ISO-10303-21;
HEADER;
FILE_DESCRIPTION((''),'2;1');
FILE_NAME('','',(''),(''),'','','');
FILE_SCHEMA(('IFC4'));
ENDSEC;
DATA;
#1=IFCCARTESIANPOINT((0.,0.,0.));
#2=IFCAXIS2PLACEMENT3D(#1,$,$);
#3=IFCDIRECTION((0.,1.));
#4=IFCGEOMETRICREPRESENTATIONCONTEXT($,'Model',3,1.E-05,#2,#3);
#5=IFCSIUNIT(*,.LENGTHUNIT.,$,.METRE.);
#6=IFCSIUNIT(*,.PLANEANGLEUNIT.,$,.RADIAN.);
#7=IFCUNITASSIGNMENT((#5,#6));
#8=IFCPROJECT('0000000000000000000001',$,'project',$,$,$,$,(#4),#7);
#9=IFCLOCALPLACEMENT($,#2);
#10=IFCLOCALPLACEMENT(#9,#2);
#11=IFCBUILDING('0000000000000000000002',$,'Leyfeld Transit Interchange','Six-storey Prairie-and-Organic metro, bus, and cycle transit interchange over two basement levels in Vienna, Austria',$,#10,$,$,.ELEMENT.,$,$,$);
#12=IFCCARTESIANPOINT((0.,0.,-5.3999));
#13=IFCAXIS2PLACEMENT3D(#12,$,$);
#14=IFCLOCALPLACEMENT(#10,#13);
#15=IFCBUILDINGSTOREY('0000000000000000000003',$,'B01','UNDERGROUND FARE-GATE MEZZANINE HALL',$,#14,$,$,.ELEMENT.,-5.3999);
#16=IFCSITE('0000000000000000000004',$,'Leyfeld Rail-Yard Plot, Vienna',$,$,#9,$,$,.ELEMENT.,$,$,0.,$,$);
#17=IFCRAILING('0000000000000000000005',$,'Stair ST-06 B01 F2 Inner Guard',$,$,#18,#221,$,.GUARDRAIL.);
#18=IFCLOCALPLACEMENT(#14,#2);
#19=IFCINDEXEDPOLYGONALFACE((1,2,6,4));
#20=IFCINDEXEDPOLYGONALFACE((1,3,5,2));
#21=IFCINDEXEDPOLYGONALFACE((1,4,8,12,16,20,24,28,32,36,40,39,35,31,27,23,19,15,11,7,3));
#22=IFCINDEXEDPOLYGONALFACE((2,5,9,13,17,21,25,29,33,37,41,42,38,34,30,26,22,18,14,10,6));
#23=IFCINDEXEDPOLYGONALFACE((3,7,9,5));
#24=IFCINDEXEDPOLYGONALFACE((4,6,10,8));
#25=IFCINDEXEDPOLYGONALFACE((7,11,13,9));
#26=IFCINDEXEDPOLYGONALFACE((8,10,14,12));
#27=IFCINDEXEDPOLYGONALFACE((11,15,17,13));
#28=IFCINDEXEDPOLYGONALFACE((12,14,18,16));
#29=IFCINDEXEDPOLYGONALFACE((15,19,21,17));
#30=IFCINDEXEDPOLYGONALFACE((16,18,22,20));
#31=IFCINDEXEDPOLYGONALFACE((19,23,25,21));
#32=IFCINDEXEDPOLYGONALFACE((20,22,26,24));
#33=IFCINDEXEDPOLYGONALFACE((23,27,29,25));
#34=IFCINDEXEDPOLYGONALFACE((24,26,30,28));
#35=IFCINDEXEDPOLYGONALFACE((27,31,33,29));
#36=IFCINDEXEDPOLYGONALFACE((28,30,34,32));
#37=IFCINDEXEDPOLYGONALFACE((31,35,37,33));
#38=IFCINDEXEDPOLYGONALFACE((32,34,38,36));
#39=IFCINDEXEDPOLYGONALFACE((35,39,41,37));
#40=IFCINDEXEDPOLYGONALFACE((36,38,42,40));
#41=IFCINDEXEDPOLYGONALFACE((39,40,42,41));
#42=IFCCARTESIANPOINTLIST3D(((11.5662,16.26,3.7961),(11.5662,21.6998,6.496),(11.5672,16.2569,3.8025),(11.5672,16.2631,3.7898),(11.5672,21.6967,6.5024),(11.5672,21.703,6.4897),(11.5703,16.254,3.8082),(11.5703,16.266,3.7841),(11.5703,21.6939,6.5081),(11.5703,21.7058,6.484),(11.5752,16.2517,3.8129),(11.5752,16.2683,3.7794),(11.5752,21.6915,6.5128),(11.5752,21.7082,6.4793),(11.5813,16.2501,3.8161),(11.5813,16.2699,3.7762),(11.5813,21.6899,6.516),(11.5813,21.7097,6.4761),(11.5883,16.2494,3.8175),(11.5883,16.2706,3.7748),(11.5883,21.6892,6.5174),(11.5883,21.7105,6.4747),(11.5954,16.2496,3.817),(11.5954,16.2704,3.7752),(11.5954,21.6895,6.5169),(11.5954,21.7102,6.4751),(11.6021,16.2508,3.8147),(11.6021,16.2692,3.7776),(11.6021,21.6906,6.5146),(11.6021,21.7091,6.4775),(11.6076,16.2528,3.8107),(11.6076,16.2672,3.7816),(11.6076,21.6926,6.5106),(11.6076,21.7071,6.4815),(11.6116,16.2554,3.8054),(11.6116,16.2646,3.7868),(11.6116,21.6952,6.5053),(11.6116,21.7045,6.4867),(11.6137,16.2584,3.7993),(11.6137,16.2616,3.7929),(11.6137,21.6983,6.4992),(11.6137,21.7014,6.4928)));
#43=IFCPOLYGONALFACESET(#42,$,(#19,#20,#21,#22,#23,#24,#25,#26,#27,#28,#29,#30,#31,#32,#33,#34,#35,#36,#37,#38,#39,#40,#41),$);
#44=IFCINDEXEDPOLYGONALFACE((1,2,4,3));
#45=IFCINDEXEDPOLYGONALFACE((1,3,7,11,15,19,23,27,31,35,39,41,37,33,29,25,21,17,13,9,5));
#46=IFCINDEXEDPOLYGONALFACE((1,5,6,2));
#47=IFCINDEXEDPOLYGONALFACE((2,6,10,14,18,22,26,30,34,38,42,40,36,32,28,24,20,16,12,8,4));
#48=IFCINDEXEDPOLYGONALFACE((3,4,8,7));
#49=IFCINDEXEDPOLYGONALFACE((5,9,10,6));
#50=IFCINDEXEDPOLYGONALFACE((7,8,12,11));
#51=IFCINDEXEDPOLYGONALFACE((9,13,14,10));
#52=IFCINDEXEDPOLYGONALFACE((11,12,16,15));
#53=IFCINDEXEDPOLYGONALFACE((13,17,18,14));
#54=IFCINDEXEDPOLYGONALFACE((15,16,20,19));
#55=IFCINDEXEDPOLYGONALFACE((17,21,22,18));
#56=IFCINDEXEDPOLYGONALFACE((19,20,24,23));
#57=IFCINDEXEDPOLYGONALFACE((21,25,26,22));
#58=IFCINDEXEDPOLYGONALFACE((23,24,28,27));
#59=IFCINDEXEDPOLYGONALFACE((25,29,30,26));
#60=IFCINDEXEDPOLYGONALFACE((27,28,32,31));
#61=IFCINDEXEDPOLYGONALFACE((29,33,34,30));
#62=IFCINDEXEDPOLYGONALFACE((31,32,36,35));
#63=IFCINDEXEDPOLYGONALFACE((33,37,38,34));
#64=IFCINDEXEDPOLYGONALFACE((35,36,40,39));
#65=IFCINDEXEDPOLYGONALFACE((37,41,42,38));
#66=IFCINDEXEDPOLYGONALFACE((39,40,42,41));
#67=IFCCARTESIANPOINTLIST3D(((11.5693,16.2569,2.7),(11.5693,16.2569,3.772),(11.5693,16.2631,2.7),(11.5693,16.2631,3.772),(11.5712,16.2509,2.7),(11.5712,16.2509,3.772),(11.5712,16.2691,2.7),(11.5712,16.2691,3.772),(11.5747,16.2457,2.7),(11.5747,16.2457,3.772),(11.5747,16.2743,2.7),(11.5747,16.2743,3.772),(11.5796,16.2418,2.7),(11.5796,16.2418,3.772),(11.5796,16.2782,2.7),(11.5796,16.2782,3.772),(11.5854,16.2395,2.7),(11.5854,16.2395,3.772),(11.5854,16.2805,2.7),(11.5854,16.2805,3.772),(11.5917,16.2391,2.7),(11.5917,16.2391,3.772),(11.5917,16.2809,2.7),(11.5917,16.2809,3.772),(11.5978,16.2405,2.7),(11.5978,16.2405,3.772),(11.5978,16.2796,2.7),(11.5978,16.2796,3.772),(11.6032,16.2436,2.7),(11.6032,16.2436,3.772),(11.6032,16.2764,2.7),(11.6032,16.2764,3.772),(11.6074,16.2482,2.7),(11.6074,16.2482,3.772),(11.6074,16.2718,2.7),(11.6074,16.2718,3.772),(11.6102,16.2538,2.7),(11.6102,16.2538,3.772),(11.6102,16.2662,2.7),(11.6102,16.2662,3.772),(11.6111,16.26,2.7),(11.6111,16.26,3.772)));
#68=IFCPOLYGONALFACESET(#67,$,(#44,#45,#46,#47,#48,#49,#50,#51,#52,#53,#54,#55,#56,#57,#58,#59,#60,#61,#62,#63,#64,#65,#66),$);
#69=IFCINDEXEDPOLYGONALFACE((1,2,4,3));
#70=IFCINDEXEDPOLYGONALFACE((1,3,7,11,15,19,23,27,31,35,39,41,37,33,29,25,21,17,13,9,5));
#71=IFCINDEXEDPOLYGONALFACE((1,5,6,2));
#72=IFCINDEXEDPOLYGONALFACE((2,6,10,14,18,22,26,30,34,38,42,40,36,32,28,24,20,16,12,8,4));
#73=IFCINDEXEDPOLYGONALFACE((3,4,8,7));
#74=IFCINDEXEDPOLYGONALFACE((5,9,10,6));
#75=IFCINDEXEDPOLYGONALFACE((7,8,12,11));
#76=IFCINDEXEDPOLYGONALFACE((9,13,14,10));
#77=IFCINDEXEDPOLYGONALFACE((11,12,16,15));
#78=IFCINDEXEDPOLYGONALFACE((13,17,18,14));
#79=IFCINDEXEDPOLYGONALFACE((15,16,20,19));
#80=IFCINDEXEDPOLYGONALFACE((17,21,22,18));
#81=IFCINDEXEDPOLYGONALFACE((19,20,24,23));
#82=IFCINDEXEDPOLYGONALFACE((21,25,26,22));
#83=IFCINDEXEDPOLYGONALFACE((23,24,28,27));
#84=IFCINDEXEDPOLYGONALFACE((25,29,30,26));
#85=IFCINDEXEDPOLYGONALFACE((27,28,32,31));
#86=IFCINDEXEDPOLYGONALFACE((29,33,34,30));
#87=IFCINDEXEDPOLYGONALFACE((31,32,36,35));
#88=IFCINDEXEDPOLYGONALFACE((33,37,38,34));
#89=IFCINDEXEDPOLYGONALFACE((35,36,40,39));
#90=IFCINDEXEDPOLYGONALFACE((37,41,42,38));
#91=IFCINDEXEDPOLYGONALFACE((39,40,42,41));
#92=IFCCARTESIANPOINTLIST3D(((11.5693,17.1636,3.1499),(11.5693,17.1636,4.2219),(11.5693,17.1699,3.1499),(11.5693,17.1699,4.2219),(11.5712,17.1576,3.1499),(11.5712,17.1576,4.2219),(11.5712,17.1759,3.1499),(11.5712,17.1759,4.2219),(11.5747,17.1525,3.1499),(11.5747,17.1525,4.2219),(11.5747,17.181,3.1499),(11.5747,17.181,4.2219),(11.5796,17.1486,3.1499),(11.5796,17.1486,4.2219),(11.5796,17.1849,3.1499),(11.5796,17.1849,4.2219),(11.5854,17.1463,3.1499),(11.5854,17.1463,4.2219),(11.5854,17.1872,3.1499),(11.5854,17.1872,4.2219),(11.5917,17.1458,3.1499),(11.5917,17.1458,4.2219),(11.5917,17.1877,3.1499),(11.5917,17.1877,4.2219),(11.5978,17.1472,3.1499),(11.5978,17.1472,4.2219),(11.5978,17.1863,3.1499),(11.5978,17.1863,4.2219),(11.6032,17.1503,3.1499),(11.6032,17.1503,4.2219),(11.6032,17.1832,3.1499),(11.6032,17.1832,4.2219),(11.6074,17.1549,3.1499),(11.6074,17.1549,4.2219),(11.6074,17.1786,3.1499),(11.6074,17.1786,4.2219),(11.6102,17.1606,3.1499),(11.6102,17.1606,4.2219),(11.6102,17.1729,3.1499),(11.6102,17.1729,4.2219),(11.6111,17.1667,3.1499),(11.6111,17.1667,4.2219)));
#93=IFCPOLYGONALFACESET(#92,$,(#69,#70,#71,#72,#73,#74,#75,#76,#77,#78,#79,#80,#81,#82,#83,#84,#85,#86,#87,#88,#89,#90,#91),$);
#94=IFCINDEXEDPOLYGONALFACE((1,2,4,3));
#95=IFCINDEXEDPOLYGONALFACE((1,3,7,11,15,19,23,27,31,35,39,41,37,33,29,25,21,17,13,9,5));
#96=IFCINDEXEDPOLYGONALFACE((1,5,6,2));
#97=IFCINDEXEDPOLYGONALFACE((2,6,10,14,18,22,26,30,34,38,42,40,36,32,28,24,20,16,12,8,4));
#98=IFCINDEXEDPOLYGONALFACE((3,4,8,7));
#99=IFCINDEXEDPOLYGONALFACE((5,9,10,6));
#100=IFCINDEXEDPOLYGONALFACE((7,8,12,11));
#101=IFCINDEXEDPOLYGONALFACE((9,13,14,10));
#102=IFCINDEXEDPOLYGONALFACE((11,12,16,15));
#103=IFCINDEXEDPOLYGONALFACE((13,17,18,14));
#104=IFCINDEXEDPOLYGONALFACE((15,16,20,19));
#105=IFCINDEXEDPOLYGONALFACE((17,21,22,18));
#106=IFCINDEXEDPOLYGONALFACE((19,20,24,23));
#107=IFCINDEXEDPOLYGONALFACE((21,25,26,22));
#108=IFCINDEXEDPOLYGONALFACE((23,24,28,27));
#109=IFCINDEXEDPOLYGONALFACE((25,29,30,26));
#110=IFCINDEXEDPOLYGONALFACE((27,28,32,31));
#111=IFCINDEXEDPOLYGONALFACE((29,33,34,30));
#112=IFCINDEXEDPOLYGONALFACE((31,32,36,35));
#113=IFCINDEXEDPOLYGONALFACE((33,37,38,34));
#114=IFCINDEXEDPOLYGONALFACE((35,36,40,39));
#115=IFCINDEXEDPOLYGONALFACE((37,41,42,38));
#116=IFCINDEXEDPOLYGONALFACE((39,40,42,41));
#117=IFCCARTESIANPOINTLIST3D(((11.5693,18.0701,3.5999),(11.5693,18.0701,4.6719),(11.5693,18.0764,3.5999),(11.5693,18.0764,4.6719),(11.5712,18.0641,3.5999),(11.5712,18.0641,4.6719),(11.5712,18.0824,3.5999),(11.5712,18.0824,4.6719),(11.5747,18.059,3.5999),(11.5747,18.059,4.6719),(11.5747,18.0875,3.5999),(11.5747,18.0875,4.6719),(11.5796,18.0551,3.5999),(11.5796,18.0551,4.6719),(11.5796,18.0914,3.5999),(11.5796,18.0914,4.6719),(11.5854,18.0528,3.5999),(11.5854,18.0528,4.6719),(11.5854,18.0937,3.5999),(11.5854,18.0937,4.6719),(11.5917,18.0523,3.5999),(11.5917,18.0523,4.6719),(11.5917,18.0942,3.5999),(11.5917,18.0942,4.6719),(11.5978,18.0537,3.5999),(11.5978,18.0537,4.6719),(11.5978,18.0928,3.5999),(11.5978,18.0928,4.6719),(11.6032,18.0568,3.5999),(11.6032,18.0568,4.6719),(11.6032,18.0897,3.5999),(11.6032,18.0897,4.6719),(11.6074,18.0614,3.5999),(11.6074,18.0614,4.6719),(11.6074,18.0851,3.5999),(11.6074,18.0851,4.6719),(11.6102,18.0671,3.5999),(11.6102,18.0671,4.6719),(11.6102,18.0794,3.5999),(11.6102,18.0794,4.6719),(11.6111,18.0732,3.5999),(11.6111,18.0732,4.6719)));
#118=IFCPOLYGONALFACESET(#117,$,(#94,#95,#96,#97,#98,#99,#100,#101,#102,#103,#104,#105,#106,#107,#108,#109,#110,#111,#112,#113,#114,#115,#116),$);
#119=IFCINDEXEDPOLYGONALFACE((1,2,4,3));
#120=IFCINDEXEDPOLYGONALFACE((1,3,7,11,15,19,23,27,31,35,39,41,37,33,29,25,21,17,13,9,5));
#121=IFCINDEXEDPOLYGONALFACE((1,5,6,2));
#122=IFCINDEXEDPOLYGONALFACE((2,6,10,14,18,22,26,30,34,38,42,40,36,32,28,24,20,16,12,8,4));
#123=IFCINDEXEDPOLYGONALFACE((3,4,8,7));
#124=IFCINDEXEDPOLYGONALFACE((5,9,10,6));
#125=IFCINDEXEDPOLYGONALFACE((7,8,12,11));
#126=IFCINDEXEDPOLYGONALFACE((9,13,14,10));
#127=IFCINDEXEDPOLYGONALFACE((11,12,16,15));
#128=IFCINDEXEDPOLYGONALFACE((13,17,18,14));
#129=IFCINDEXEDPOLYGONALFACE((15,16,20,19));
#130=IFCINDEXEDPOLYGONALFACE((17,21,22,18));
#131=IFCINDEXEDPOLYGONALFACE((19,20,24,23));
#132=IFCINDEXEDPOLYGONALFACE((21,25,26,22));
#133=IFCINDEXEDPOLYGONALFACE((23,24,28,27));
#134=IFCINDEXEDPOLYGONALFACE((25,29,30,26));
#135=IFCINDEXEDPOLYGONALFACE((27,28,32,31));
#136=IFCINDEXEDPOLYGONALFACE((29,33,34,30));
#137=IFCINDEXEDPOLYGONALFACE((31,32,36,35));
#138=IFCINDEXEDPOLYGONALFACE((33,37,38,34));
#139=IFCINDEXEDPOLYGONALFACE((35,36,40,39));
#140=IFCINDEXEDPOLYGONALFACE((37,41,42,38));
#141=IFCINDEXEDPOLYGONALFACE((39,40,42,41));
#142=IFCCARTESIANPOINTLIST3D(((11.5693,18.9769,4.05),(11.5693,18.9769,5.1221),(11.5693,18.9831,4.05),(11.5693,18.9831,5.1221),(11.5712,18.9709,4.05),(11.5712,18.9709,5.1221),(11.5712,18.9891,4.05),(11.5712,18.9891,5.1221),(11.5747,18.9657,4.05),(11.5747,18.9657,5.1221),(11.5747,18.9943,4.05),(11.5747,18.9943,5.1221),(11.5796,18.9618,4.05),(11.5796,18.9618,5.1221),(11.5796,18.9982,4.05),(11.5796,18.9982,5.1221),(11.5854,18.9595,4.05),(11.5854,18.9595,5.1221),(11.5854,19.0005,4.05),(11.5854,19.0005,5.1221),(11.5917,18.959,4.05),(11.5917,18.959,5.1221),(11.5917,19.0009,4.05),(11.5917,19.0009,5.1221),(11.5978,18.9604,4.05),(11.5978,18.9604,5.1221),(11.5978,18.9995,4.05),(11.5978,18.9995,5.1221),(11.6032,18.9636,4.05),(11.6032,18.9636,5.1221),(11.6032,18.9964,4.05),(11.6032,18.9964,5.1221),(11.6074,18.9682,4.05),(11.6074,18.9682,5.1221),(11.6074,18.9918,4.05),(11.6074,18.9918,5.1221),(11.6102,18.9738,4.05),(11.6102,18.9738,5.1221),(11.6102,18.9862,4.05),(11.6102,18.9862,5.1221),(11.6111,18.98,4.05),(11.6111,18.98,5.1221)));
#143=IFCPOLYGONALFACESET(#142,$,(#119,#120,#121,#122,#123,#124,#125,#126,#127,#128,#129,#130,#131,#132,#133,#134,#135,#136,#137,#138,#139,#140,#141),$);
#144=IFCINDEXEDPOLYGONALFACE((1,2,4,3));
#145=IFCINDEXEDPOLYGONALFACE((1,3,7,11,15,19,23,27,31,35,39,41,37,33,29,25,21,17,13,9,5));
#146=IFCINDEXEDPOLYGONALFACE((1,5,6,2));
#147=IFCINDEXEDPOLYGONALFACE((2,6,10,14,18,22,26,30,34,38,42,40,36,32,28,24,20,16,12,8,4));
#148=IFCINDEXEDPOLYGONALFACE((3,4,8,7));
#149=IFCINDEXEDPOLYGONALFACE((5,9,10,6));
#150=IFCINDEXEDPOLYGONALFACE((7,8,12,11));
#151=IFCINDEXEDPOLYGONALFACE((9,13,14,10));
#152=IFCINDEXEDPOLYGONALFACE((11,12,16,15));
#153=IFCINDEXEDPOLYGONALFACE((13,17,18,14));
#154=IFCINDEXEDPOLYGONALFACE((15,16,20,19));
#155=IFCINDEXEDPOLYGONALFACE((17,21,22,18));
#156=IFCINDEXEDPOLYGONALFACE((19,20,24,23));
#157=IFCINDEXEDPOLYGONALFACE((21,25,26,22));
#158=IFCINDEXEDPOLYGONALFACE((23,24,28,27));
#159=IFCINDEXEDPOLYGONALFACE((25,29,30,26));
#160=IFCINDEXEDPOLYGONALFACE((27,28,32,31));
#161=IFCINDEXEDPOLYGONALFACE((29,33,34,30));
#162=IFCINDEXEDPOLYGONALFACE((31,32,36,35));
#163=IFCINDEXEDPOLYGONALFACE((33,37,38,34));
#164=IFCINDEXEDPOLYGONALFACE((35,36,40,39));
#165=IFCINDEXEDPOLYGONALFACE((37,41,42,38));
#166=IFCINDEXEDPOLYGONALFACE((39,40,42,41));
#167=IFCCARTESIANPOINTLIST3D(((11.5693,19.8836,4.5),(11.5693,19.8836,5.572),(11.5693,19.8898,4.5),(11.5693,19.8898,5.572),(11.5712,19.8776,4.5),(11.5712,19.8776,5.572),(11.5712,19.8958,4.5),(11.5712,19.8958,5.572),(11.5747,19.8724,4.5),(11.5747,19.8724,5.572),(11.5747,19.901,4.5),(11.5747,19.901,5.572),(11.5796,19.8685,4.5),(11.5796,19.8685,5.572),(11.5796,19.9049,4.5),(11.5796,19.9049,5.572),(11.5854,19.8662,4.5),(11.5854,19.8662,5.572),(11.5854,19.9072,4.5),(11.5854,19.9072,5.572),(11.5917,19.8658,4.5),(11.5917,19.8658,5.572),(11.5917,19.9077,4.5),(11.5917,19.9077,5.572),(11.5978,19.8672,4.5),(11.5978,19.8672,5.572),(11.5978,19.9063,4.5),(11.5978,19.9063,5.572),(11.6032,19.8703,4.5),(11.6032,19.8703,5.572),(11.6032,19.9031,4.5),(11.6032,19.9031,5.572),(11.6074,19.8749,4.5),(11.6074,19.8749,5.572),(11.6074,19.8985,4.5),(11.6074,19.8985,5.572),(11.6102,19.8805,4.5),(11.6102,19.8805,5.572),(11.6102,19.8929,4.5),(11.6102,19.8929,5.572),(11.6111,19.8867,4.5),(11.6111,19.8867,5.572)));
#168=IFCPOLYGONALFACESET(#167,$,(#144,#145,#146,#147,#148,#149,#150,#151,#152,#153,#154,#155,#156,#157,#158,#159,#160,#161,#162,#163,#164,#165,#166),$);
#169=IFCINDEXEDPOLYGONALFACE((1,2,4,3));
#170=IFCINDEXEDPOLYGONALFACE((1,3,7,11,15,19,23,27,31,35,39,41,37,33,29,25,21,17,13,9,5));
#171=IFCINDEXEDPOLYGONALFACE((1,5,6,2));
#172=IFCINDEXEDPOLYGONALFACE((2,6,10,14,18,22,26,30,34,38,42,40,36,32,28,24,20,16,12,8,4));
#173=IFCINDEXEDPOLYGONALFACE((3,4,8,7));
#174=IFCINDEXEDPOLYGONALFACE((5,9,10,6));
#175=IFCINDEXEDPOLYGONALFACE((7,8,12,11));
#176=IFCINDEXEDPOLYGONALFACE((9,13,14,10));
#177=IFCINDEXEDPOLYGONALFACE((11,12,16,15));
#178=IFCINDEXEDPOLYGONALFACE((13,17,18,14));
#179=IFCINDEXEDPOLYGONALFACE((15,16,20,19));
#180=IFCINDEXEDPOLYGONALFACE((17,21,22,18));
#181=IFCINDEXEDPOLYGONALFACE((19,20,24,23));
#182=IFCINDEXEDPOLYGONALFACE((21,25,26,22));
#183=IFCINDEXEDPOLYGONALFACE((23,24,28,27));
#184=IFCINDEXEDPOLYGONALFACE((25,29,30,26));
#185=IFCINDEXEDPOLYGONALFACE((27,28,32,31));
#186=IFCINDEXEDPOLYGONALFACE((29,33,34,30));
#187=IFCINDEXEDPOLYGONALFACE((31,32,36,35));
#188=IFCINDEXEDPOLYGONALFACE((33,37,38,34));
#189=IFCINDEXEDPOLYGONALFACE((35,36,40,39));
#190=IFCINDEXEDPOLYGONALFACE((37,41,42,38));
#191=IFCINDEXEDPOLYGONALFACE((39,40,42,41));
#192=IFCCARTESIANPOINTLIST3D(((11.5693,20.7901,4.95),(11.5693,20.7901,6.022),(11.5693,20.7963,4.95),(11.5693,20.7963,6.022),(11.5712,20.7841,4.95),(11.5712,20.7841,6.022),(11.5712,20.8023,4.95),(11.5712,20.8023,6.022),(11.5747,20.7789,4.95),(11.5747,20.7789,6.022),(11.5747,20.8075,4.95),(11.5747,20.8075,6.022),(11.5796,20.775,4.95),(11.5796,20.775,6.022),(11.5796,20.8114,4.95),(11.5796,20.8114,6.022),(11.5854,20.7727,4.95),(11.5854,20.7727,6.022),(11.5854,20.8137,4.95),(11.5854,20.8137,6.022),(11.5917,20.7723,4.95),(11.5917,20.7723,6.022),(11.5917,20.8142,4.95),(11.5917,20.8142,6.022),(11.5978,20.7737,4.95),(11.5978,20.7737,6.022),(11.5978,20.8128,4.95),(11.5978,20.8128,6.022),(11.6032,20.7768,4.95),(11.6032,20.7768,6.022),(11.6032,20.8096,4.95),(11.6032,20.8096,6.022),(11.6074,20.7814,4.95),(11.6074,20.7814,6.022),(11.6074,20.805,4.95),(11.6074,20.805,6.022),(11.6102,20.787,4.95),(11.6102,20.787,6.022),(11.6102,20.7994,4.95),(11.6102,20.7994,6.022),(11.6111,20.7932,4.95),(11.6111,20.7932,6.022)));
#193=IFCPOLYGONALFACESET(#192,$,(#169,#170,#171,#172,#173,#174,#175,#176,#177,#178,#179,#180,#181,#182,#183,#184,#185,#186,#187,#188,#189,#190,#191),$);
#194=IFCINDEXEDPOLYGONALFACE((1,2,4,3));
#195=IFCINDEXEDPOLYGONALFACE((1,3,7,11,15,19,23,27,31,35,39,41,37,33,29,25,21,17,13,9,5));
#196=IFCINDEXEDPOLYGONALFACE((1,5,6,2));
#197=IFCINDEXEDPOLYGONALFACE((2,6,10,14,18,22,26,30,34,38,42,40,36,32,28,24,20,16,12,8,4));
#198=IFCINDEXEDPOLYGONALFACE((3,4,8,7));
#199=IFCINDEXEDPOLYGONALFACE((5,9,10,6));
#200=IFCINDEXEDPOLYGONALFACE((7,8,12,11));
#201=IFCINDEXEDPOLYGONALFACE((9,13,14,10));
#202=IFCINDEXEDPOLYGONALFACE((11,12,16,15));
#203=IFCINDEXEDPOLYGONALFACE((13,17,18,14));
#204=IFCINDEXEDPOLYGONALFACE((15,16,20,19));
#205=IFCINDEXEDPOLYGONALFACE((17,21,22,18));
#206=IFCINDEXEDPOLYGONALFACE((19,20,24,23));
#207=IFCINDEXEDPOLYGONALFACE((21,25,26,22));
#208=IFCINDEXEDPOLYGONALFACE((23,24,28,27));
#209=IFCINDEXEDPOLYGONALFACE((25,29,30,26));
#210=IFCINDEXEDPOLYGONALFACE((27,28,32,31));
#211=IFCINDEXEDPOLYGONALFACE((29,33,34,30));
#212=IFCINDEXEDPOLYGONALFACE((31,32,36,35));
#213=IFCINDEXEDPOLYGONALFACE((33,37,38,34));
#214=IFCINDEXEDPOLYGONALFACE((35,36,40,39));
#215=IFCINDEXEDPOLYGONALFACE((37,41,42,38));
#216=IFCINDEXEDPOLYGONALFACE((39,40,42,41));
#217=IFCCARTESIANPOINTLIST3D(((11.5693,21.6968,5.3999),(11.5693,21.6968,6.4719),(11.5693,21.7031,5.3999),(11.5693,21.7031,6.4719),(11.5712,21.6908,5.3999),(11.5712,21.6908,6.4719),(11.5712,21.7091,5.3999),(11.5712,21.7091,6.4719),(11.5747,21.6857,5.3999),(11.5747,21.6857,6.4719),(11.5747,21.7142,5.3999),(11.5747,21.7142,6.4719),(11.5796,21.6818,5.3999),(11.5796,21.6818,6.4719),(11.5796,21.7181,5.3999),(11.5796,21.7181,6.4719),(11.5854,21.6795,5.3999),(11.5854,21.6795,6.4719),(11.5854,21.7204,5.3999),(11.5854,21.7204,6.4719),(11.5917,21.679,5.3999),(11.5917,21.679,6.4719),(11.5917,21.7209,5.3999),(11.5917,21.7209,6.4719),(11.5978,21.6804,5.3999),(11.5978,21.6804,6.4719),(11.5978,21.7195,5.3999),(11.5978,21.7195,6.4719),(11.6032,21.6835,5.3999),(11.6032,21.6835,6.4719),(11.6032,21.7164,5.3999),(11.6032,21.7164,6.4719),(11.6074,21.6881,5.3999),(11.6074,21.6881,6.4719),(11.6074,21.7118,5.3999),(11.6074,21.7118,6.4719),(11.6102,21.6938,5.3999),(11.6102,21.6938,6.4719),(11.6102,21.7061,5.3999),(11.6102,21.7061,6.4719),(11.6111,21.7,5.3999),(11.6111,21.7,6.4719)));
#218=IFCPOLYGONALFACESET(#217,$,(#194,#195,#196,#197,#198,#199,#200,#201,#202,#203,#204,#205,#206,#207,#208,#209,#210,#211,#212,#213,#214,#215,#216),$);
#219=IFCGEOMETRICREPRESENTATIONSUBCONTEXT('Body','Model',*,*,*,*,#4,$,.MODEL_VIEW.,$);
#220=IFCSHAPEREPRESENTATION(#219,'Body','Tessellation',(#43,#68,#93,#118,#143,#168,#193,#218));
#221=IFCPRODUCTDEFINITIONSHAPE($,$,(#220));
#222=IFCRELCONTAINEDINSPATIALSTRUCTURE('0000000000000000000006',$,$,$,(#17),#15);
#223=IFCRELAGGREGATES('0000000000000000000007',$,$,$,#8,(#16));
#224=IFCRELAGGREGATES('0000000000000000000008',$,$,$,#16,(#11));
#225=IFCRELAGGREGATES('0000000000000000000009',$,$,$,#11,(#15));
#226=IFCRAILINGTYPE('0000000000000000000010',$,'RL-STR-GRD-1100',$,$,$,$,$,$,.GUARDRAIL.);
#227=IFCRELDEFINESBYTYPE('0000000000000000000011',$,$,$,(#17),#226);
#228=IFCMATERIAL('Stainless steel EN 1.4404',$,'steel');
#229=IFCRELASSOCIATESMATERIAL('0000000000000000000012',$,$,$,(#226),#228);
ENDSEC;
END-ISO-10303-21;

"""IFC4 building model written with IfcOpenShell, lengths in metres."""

from ifc_helpers import new_model, si_unit, direction, frame, origin, origin_2d, place, context, subcontext, project, spatial, circle, extrude, material, type_object, element, save


model = new_model("IFC4")

# Units and contexts
model_context = context("Model", 3, precision=1e-05, world=origin(), true_north=direction((0.0, 1.0)))
body_context = subcontext(model_context, "Body", "Model", "MODEL_VIEW")
ifc_project = project(units=[si_unit("LENGTHUNIT", "METRE"), si_unit("PLANEANGLEUNIT", "RADIAN")], contexts=[model_context])

# Site, building, storey
site_placement = place(None, origin())
site = spatial("IfcSite", under=ifc_project, at=site_placement, Name="Leyfeld Rail-Yard Plot, Vienna", CompositionType="ELEMENT", RefElevation=0.0)
building_placement = place(site_placement, origin())
building = spatial("IfcBuilding", under=site, at=building_placement, Name="Leyfeld Transit Interchange", Description="Six-storey Prairie-and-Organic metro, bus, and cycle transit interchange over two basement levels in Vienna, Austria", CompositionType="ELEMENT")
storey_placement = place(building_placement, frame((0.0, 0.0, -5.3999)))
storey = spatial("IfcBuildingStorey", under=building, at=storey_placement, Name="B01", Description="UNDERGROUND FARE-GATE MEZZANINE HALL", CompositionType="ELEMENT", Elevation=-5.3999)

# Railing
ifc_material_1 = material(Name="Stainless steel EN 1.4404", Category="steel")
railing_type_1 = type_object("IfcRailingType", Name="RL-STR-GRD-1100", PredefinedType="GUARDRAIL", material=ifc_material_1)
railing_1_placement = place(storey_placement, frame((11.5901, 16.26, 2.7)))
element("IfcRailing", 1, at=railing_1_placement, inside=storey, type_object=railing_type_1, Name="Stair ST-06 B01 F2 Inner Guard", PredefinedType="GUARDRAIL", context=body_context, shape_type="SweptSolid", body=[
    extrude(circle(Radius=0.0239, at=origin_2d()), frame((0.0, 0.0, 1.0962), z_axis=(0.0, 0.895742, 0.444575), x_axis=(-1.0, 0.0, 0.0)), (0.0, 0.0, 1.0), 6.073),
    extrude(circle(Radius=0.021, at=origin_2d()), origin(), (0.0, 0.0, 1.0), 1.072),
    extrude(circle(Radius=0.021, at=origin_2d()), frame((0.0, 0.9067, 0.45)), (0.0, 0.0, 1.0), 1.072),
    extrude(circle(Radius=0.021, at=origin_2d()), frame((0.0, 1.8132, 0.8999)), (0.0, 0.0, 1.0), 1.072),
    extrude(circle(Radius=0.021, at=origin_2d()), frame((0.0, 2.72, 1.3501)), (0.0, 0.0, 1.0), 1.072),
    extrude(circle(Radius=0.021, at=origin_2d()), frame((0.0, 3.6267, 1.8)), (0.0, 0.0, 1.0), 1.072),
    extrude(circle(Radius=0.021, at=origin_2d()), frame((0.0, 4.5332, 2.25)), (0.0, 0.0, 1.0), 1.072),
    extrude(circle(Radius=0.021, at=origin_2d()), frame((0.0, 5.4399, 2.7)), (0.0, 0.0, 1.0), 1.072),
])

save(model, "model.ifc")
